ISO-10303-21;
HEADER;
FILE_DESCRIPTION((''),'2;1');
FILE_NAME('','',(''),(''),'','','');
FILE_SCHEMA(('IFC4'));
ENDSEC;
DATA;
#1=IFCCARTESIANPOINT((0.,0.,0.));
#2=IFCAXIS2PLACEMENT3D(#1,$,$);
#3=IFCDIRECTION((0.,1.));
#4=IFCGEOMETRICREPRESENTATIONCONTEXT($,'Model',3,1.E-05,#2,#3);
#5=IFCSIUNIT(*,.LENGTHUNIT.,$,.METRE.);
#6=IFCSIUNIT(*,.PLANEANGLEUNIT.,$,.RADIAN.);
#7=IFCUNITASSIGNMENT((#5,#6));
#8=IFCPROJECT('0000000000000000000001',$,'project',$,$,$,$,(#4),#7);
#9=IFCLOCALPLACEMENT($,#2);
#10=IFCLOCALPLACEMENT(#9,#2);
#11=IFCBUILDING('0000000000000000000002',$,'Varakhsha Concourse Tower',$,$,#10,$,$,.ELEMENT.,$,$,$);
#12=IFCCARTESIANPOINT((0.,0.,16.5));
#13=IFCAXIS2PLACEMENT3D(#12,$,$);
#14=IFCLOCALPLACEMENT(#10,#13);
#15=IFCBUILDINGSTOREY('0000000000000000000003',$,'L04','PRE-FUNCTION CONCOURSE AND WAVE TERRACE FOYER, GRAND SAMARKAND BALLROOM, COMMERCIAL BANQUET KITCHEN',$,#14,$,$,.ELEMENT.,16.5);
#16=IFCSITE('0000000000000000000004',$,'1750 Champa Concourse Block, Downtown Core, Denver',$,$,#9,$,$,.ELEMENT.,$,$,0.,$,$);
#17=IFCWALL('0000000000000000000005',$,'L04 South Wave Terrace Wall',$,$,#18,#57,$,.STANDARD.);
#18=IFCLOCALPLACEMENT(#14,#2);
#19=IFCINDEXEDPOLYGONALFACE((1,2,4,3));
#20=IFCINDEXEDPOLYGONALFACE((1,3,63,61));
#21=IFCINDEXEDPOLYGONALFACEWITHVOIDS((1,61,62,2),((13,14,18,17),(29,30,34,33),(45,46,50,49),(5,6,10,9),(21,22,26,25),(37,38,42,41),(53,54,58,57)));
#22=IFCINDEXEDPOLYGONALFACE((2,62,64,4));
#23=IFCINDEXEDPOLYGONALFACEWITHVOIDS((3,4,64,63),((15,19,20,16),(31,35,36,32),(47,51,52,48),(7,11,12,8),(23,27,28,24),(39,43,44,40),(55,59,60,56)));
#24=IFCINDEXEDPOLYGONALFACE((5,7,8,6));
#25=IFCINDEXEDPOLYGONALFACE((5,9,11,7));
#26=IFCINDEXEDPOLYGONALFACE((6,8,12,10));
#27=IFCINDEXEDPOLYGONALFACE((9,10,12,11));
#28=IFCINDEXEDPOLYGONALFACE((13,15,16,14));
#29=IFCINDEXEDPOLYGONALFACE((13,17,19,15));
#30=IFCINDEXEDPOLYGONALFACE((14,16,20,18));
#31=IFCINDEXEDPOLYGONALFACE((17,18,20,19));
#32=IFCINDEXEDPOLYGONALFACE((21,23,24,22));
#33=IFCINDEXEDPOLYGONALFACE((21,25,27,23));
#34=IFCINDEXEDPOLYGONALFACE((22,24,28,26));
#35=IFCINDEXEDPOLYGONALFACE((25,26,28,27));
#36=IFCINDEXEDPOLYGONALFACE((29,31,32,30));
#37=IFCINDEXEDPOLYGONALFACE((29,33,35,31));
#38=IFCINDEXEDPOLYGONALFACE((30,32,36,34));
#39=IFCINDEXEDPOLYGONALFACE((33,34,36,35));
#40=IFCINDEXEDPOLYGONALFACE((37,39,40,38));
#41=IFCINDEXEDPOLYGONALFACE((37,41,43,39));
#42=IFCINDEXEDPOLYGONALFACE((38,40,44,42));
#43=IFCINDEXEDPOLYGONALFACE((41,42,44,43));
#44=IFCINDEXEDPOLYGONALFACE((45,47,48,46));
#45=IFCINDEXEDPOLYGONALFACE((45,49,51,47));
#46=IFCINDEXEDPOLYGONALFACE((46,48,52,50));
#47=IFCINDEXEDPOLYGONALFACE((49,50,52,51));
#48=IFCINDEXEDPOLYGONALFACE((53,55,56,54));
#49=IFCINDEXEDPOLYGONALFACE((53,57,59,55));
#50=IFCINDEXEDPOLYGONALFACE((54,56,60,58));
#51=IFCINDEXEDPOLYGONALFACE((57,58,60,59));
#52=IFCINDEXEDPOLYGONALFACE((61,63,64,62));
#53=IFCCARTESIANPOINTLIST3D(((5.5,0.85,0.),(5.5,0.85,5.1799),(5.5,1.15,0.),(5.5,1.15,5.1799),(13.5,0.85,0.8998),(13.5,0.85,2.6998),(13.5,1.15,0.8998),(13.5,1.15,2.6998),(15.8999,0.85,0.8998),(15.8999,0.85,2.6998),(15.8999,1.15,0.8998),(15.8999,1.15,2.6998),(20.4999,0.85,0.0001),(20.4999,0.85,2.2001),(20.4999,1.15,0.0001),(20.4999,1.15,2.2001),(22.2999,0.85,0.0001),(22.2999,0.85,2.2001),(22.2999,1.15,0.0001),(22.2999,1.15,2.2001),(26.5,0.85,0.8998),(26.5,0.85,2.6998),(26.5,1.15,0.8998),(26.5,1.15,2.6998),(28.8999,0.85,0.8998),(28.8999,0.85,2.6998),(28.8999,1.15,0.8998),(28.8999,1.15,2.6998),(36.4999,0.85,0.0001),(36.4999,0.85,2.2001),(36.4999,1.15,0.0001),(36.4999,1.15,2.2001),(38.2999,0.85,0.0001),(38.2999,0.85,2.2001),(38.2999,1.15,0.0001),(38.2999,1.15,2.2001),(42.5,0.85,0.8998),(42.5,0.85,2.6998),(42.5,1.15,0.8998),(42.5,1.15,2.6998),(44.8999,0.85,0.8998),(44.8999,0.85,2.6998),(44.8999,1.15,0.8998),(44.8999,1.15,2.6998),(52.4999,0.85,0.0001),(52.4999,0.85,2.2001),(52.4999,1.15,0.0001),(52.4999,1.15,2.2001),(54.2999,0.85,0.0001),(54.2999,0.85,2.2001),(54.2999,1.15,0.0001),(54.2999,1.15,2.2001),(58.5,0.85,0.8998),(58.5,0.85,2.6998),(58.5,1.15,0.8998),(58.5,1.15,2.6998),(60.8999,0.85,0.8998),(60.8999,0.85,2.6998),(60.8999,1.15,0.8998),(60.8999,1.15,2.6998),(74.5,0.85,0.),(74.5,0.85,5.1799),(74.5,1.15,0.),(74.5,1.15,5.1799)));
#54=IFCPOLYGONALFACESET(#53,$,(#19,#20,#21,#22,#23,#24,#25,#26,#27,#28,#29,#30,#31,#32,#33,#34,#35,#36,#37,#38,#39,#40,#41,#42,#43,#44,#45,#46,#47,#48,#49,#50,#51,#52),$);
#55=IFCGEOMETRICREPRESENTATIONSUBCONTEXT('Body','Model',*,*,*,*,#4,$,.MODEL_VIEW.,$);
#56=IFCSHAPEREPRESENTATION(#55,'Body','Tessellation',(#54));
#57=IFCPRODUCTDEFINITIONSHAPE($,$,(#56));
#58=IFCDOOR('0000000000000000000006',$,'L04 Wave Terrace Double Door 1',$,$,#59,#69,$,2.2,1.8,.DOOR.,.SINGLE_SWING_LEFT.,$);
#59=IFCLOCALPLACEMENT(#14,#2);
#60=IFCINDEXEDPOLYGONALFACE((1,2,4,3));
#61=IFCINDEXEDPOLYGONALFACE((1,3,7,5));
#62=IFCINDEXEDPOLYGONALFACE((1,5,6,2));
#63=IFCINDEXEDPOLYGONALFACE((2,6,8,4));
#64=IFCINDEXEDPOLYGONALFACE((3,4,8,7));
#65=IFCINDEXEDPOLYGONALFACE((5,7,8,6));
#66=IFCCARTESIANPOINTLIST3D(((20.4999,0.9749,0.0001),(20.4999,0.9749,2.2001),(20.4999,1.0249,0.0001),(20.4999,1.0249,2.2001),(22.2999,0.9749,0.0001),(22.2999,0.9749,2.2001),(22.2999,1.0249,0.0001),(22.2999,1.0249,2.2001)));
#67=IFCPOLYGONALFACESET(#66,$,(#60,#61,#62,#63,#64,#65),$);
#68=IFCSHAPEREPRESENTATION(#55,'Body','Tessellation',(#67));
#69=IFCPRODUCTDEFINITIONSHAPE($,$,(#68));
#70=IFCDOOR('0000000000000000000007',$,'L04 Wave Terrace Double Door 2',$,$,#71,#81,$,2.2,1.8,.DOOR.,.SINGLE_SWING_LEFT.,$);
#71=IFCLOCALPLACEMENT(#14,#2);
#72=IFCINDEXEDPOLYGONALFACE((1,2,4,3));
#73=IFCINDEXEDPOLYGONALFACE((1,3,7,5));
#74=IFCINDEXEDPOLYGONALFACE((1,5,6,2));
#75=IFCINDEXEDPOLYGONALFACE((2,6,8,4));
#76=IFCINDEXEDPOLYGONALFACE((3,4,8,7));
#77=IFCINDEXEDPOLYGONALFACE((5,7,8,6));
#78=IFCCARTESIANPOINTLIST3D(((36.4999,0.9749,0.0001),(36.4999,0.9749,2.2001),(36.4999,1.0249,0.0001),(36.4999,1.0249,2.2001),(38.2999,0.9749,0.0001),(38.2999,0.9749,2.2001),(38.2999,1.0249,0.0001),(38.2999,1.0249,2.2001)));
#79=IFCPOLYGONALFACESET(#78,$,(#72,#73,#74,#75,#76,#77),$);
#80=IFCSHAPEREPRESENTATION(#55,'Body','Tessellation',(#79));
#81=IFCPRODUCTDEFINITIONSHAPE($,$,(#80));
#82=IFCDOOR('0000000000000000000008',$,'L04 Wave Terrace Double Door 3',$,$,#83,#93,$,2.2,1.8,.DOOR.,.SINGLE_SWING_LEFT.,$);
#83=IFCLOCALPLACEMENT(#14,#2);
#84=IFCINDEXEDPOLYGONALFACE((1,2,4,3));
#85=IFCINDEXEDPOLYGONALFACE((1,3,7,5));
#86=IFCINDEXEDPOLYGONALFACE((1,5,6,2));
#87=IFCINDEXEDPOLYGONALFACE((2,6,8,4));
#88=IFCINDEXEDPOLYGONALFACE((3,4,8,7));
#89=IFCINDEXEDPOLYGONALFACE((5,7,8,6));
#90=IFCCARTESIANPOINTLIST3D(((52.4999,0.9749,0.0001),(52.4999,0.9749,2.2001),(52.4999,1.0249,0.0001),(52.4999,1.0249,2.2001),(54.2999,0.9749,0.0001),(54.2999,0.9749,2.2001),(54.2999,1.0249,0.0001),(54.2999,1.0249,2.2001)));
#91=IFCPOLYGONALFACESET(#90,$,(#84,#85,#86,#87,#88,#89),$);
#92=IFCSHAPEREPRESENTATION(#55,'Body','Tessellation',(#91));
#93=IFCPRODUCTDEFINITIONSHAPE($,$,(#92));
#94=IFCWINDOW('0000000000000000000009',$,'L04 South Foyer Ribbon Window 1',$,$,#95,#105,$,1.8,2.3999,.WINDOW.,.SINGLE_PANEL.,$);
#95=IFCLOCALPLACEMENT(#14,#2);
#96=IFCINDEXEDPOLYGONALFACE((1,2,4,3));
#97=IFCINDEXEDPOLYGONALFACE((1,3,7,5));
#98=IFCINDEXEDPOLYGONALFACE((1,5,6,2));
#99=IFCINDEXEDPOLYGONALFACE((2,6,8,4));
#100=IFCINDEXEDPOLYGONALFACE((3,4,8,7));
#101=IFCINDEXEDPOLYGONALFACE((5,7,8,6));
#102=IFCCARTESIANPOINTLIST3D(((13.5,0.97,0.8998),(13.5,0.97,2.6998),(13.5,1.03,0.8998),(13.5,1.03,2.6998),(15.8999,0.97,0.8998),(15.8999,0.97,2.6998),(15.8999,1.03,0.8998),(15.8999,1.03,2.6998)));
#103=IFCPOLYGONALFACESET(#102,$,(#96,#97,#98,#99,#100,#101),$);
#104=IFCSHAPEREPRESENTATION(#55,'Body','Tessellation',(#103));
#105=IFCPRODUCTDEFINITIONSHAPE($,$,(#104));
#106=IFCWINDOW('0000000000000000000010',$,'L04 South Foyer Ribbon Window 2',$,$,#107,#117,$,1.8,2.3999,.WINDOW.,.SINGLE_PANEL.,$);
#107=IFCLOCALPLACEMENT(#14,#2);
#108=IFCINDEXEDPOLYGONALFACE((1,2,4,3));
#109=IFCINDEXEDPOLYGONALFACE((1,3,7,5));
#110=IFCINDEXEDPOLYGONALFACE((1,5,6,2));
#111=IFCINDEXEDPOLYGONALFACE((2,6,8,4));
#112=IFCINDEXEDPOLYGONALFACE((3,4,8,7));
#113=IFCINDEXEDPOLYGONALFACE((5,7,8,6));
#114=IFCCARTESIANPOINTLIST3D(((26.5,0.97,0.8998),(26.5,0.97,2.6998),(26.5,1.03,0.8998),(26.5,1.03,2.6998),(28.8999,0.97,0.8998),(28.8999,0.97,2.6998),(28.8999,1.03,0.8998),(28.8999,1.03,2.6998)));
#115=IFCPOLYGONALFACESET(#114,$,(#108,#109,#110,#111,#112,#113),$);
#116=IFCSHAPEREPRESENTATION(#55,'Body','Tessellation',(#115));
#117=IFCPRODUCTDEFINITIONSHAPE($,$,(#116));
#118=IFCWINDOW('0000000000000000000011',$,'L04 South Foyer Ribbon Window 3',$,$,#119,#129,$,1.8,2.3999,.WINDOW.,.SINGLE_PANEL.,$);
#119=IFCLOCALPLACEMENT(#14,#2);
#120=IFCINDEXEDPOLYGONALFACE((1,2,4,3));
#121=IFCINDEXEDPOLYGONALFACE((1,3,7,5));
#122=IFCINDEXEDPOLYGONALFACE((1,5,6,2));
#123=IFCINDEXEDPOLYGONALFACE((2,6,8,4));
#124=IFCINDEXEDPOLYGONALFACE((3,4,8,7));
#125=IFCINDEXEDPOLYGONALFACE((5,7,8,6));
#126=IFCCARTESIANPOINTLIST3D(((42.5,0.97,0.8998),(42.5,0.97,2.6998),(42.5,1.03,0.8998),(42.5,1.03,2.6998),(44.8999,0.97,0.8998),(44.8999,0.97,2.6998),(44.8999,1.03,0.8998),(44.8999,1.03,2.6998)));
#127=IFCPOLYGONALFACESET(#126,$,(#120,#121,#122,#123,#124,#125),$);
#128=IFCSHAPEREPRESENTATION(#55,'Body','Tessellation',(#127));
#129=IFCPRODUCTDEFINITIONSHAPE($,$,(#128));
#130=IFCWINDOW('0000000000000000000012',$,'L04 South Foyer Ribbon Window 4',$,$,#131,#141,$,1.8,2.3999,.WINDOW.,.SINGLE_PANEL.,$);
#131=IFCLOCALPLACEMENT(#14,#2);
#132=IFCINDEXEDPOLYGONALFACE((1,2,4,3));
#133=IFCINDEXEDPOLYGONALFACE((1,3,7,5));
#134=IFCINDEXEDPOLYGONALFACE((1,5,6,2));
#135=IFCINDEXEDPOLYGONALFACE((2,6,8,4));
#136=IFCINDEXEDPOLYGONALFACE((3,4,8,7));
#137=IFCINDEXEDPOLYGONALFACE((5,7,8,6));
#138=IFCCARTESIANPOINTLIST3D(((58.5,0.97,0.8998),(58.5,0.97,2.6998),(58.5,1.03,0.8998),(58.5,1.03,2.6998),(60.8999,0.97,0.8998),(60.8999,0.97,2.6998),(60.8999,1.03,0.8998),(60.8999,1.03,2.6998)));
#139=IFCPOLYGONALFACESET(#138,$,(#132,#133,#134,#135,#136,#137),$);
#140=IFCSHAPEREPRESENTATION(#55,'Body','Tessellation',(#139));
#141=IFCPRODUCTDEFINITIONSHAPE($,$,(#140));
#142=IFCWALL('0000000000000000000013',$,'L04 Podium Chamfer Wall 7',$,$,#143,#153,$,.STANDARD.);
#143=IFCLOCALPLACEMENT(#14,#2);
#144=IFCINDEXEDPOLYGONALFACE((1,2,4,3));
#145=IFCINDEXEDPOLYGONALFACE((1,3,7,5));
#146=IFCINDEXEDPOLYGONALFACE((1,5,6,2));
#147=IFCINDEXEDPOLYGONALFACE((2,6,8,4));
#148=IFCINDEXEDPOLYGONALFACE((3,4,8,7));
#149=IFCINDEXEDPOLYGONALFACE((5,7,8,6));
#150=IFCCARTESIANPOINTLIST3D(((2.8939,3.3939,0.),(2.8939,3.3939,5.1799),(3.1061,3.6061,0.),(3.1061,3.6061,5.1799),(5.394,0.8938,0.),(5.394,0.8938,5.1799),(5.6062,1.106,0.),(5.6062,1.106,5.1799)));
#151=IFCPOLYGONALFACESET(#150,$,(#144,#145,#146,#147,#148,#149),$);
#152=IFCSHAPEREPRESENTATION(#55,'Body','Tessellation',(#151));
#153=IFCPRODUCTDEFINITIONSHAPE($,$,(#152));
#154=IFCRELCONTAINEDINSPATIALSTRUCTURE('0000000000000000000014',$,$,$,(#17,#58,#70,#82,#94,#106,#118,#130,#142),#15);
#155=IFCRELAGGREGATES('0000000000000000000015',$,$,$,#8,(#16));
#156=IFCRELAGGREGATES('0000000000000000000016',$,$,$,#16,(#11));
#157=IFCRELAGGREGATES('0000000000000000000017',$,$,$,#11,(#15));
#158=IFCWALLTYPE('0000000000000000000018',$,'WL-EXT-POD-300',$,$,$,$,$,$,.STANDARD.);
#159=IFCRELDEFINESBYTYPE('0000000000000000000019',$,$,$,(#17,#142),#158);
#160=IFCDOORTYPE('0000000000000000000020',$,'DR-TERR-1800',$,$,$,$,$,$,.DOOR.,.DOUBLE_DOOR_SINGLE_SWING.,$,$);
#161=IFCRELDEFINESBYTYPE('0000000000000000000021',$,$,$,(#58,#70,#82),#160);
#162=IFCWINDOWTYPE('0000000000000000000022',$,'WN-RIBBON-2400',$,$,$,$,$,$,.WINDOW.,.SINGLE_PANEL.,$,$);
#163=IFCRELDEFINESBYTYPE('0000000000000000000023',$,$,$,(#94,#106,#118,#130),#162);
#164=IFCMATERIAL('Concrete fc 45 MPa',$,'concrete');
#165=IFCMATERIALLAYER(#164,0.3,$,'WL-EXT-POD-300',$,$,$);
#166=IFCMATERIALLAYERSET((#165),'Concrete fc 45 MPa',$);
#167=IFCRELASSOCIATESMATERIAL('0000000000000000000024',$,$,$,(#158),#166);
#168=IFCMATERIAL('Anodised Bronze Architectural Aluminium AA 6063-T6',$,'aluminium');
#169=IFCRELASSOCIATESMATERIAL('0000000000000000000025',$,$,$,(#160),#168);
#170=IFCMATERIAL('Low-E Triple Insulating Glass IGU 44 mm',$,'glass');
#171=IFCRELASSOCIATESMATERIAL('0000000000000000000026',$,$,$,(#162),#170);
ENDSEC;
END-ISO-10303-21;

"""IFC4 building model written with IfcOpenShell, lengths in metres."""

from ifc_helpers import new_model, si_unit, direction, frame, frame_2d, origin, place, context, subcontext, project, spatial, rectangle, extrude, material, layer, layer_set, type_object, element, fill, save


model = new_model("IFC4")

# Units and contexts
model_context = context("Model", 3, precision=1e-05, world=origin(), true_north=direction((0.0, 1.0)))
body_context = subcontext(model_context, "Body", "Model", "MODEL_VIEW")
ifc_project = project(units=[si_unit("LENGTHUNIT", "METRE"), si_unit("PLANEANGLEUNIT", "RADIAN")], contexts=[model_context])

# Site, building, storey
site_placement = place(None, origin())
site = spatial("IfcSite", under=ifc_project, at=site_placement, Name="1750 Champa Concourse Block, Downtown Core, Denver", CompositionType="ELEMENT", RefElevation=0.0)
building_placement = place(site_placement, origin())
building = spatial("IfcBuilding", under=site, at=building_placement, Name="Varakhsha Concourse Tower", CompositionType="ELEMENT")
storey_placement = place(building_placement, frame((0.0, 0.0, 16.5)))
storey = spatial("IfcBuildingStorey", under=building, at=storey_placement, Name="L04", Description="PRE-FUNCTION CONCOURSE AND WAVE TERRACE FOYER, GRAND SAMARKAND BALLROOM, COMMERCIAL BANQUET KITCHEN", CompositionType="ELEMENT", Elevation=16.5)

# Shared definitions
ifc_material_1 = material(Name="Anodised Bronze Architectural Aluminium AA 6063-T6", Category="aluminium")

# Shared definitions
ifc_material_2 = material(Name="Concrete fc 45 MPa", Category="concrete")

# Wall, openings, doors, windows
ifc_layer_1 = layer(ifc_material_2, 0.3, Name="WL-EXT-POD-300")
ifc_layer_set_1 = layer_set([ifc_layer_1], Name="Concrete fc 45 MPa")
wall_type = type_object("IfcWallType", Name="WL-EXT-POD-300", PredefinedType="STANDARD", material=ifc_layer_set_1)
wall_1_placement = place(storey_placement, frame((5.5, 1.0, 0.0), z_axis=(0.0, 0.0, 1.0), x_axis=(1.0, 0.0, 0.0)))
wall_1 = element("IfcWall", 1, at=wall_1_placement, inside=storey, type_object=wall_type, Name="L04 South Wave Terrace Wall", PredefinedType="STANDARD", context=body_context, shape_type="SweptSolid", body=[
    extrude(rectangle(XDim=69.0, YDim=0.3, at=frame_2d((34.5, 0.0))), origin(), (0.0, 0.0, 1.0), 5.1799),
])
opening_1_placement = place(wall_1_placement, frame((15.0, 0.0, 0.0)))
opening_1 = element("IfcOpeningElement", 2, at=opening_1_placement, cuts=wall_1, PredefinedType="OPENING", context=body_context, shape_type="SweptSolid", body=[
    extrude(rectangle(XDim=1.8, YDim=2.2, at=frame_2d((0.8999, 1.1001))), frame((0.0, 0.1599, 0.0), z_axis=(0.0, -1.0, 0.0), x_axis=(1.0, 0.0, 0.0)), (0.0, 0.0, 1.0), 0.3201),
])
opening_2_placement = place(wall_1_placement, frame((31.0, 0.0, 0.0)))
opening_2 = element("IfcOpeningElement", 3, at=opening_2_placement, cuts=wall_1, PredefinedType="OPENING", context=body_context, shape_type="SweptSolid", body=[
    extrude(rectangle(XDim=1.8, YDim=2.2, at=frame_2d((0.8999, 1.1001))), frame((0.0, 0.1599, 0.0), z_axis=(0.0, -1.0, 0.0), x_axis=(1.0, 0.0, 0.0)), (0.0, 0.0, 1.0), 0.3201),
])
opening_3_placement = place(wall_1_placement, frame((47.0, 0.0, 0.0)))
opening_3 = element("IfcOpeningElement", 4, at=opening_3_placement, cuts=wall_1, PredefinedType="OPENING", context=body_context, shape_type="SweptSolid", body=[
    extrude(rectangle(XDim=1.8, YDim=2.2, at=frame_2d((0.8999, 1.1001))), frame((0.0, 0.1599, 0.0), z_axis=(0.0, -1.0, 0.0), x_axis=(1.0, 0.0, 0.0)), (0.0, 0.0, 1.0), 0.3201),
])
opening_4_placement = place(wall_1_placement, frame((8.0, 0.0, 0.8999)))
opening_4 = element("IfcOpeningElement", 5, at=opening_4_placement, cuts=wall_1, PredefinedType="OPENING", context=body_context, shape_type="SweptSolid", body=[
    extrude(rectangle(XDim=2.3999, YDim=1.8, at=frame_2d((1.2, 0.8999))), frame((0.0, 0.1599, 0.0), z_axis=(0.0, -1.0, 0.0), x_axis=(1.0, 0.0, 0.0)), (0.0, 0.0, 1.0), 0.3201),
])
opening_5_placement = place(wall_1_placement, frame((21.0, 0.0, 0.8999)))
opening_5 = element("IfcOpeningElement", 6, at=opening_5_placement, cuts=wall_1, PredefinedType="OPENING", context=body_context, shape_type="SweptSolid", body=[
    extrude(rectangle(XDim=2.3999, YDim=1.8, at=frame_2d((1.2, 0.8999))), frame((0.0, 0.1599, 0.0), z_axis=(0.0, -1.0, 0.0), x_axis=(1.0, 0.0, 0.0)), (0.0, 0.0, 1.0), 0.3201),
])
opening_6_placement = place(wall_1_placement, frame((37.0, 0.0, 0.8999)))
opening_6 = element("IfcOpeningElement", 7, at=opening_6_placement, cuts=wall_1, PredefinedType="OPENING", context=body_context, shape_type="SweptSolid", body=[
    extrude(rectangle(XDim=2.3999, YDim=1.8, at=frame_2d((1.2, 0.8999))), frame((0.0, 0.1599, 0.0), z_axis=(0.0, -1.0, 0.0), x_axis=(1.0, 0.0, 0.0)), (0.0, 0.0, 1.0), 0.3201),
])
opening_7_placement = place(wall_1_placement, frame((53.0, 0.0, 0.8999)))
opening_7 = element("IfcOpeningElement", 8, at=opening_7_placement, cuts=wall_1, PredefinedType="OPENING", context=body_context, shape_type="SweptSolid", body=[
    extrude(rectangle(XDim=2.3999, YDim=1.8, at=frame_2d((1.2, 0.8999))), frame((0.0, 0.1599, 0.0), z_axis=(0.0, -1.0, 0.0), x_axis=(1.0, 0.0, 0.0)), (0.0, 0.0, 1.0), 0.3201),
])
door_type = type_object("IfcDoorType", Name="DR-TERR-1800", OperationType="DOUBLE_DOOR_SINGLE_SWING", PredefinedType="DOOR", material=ifc_material_1)
door_1_placement = place(opening_1_placement, origin())
door_1 = element("IfcDoor", 9, at=door_1_placement, inside=storey, type_object=door_type, Name="L04 Wave Terrace Double Door 1", OperationType="SINGLE_SWING_LEFT", OverallHeight=2.2, OverallWidth=1.8, PredefinedType="DOOR", context=body_context, shape_type="SweptSolid", body=[
    extrude(rectangle(XDim=1.8, YDim=2.2, at=frame_2d((0.8999, 1.1001))), frame((0.0, 0.0249, 0.0), z_axis=(0.0, -1.0, 0.0), x_axis=(1.0, 0.0, 0.0)), (0.0, 0.0, 1.0), 0.05),
])
fill(opening_1, door_1)
door_2_placement = place(opening_2_placement, origin())
door_2 = element("IfcDoor", 10, at=door_2_placement, inside=storey, type_object=door_type, Name="L04 Wave Terrace Double Door 2", OperationType="SINGLE_SWING_LEFT", OverallHeight=2.2, OverallWidth=1.8, PredefinedType="DOOR", context=body_context, shape_type="SweptSolid", body=[
    extrude(rectangle(XDim=1.8, YDim=2.2, at=frame_2d((0.8999, 1.1001))), frame((0.0, 0.0249, 0.0), z_axis=(0.0, -1.0, 0.0), x_axis=(1.0, 0.0, 0.0)), (0.0, 0.0, 1.0), 0.05),
])
fill(opening_2, door_2)
door_3_placement = place(opening_3_placement, origin())
door_3 = element("IfcDoor", 11, at=door_3_placement, inside=storey, type_object=door_type, Name="L04 Wave Terrace Double Door 3", OperationType="SINGLE_SWING_LEFT", OverallHeight=2.2, OverallWidth=1.8, PredefinedType="DOOR", context=body_context, shape_type="SweptSolid", body=[
    extrude(rectangle(XDim=1.8, YDim=2.2, at=frame_2d((0.8999, 1.1001))), frame((0.0, 0.0249, 0.0), z_axis=(0.0, -1.0, 0.0), x_axis=(1.0, 0.0, 0.0)), (0.0, 0.0, 1.0), 0.05),
])
fill(opening_3, door_3)
ifc_material_3 = material(Name="Low-E Triple Insulating Glass IGU 44 mm", Category="glass")
window_type = type_object("IfcWindowType", Name="WN-RIBBON-2400", PartitioningType="SINGLE_PANEL", PredefinedType="WINDOW", material=ifc_material_3)
window_1_placement = place(opening_4_placement, origin())
window_1 = element("IfcWindow", 12, at=window_1_placement, inside=storey, type_object=window_type, Name="L04 South Foyer Ribbon Window 1", OverallHeight=1.8, OverallWidth=2.3999, PartitioningType="SINGLE_PANEL", PredefinedType="WINDOW", context=body_context, shape_type="SweptSolid", body=[
    extrude(rectangle(XDim=2.3999, YDim=1.8, at=frame_2d((1.2, 0.8999))), frame((0.0, 0.03, 0.0), z_axis=(0.0, -1.0, 0.0), x_axis=(1.0, 0.0, 0.0)), (0.0, 0.0, 1.0), 0.0601),
])
fill(opening_4, window_1)
window_2_placement = place(opening_5_placement, origin())
window_2 = element("IfcWindow", 13, at=window_2_placement, inside=storey, type_object=window_type, Name="L04 South Foyer Ribbon Window 2", OverallHeight=1.8, OverallWidth=2.3999, PartitioningType="SINGLE_PANEL", PredefinedType="WINDOW", context=body_context, shape_type="SweptSolid", body=[
    extrude(rectangle(XDim=2.3999, YDim=1.8, at=frame_2d((1.2, 0.8999))), frame((0.0, 0.03, 0.0), z_axis=(0.0, -1.0, 0.0), x_axis=(1.0, 0.0, 0.0)), (0.0, 0.0, 1.0), 0.0601),
])
fill(opening_5, window_2)
window_3_placement = place(opening_6_placement, origin())
window_3 = element("IfcWindow", 14, at=window_3_placement, inside=storey, type_object=window_type, Name="L04 South Foyer Ribbon Window 3", OverallHeight=1.8, OverallWidth=2.3999, PartitioningType="SINGLE_PANEL", PredefinedType="WINDOW", context=body_context, shape_type="SweptSolid", body=[
    extrude(rectangle(XDim=2.3999, YDim=1.8, at=frame_2d((1.2, 0.8999))), frame((0.0, 0.03, 0.0), z_axis=(0.0, -1.0, 0.0), x_axis=(1.0, 0.0, 0.0)), (0.0, 0.0, 1.0), 0.0601),
])
fill(opening_6, window_3)
window_4_placement = place(opening_7_placement, origin())
window_4 = element("IfcWindow", 15, at=window_4_placement, inside=storey, type_object=window_type, Name="L04 South Foyer Ribbon Window 4", OverallHeight=1.8, OverallWidth=2.3999, PartitioningType="SINGLE_PANEL", PredefinedType="WINDOW", context=body_context, shape_type="SweptSolid", body=[
    extrude(rectangle(XDim=2.3999, YDim=1.8, at=frame_2d((1.2, 0.8999))), frame((0.0, 0.03, 0.0), z_axis=(0.0, -1.0, 0.0), x_axis=(1.0, 0.0, 0.0)), (0.0, 0.0, 1.0), 0.0601),
])
fill(opening_7, window_4)

# Wall
wall_2_placement = place(storey_placement, frame((3.0, 3.5, 0.0), z_axis=(0.0, 0.0, 1.0), x_axis=(0.707107, -0.707107, 0.0)))
element("IfcWall", 16, at=wall_2_placement, inside=storey, type_object=wall_type, Name="L04 Podium Chamfer Wall 7", PredefinedType="STANDARD", context=body_context, shape_type="SweptSolid", body=[
    extrude(rectangle(XDim=3.5356, YDim=0.3, at=frame_2d((1.7678, 0.0))), origin(), (0.0, 0.0, 1.0), 5.1799),
])

save(model, "model.ifc")
